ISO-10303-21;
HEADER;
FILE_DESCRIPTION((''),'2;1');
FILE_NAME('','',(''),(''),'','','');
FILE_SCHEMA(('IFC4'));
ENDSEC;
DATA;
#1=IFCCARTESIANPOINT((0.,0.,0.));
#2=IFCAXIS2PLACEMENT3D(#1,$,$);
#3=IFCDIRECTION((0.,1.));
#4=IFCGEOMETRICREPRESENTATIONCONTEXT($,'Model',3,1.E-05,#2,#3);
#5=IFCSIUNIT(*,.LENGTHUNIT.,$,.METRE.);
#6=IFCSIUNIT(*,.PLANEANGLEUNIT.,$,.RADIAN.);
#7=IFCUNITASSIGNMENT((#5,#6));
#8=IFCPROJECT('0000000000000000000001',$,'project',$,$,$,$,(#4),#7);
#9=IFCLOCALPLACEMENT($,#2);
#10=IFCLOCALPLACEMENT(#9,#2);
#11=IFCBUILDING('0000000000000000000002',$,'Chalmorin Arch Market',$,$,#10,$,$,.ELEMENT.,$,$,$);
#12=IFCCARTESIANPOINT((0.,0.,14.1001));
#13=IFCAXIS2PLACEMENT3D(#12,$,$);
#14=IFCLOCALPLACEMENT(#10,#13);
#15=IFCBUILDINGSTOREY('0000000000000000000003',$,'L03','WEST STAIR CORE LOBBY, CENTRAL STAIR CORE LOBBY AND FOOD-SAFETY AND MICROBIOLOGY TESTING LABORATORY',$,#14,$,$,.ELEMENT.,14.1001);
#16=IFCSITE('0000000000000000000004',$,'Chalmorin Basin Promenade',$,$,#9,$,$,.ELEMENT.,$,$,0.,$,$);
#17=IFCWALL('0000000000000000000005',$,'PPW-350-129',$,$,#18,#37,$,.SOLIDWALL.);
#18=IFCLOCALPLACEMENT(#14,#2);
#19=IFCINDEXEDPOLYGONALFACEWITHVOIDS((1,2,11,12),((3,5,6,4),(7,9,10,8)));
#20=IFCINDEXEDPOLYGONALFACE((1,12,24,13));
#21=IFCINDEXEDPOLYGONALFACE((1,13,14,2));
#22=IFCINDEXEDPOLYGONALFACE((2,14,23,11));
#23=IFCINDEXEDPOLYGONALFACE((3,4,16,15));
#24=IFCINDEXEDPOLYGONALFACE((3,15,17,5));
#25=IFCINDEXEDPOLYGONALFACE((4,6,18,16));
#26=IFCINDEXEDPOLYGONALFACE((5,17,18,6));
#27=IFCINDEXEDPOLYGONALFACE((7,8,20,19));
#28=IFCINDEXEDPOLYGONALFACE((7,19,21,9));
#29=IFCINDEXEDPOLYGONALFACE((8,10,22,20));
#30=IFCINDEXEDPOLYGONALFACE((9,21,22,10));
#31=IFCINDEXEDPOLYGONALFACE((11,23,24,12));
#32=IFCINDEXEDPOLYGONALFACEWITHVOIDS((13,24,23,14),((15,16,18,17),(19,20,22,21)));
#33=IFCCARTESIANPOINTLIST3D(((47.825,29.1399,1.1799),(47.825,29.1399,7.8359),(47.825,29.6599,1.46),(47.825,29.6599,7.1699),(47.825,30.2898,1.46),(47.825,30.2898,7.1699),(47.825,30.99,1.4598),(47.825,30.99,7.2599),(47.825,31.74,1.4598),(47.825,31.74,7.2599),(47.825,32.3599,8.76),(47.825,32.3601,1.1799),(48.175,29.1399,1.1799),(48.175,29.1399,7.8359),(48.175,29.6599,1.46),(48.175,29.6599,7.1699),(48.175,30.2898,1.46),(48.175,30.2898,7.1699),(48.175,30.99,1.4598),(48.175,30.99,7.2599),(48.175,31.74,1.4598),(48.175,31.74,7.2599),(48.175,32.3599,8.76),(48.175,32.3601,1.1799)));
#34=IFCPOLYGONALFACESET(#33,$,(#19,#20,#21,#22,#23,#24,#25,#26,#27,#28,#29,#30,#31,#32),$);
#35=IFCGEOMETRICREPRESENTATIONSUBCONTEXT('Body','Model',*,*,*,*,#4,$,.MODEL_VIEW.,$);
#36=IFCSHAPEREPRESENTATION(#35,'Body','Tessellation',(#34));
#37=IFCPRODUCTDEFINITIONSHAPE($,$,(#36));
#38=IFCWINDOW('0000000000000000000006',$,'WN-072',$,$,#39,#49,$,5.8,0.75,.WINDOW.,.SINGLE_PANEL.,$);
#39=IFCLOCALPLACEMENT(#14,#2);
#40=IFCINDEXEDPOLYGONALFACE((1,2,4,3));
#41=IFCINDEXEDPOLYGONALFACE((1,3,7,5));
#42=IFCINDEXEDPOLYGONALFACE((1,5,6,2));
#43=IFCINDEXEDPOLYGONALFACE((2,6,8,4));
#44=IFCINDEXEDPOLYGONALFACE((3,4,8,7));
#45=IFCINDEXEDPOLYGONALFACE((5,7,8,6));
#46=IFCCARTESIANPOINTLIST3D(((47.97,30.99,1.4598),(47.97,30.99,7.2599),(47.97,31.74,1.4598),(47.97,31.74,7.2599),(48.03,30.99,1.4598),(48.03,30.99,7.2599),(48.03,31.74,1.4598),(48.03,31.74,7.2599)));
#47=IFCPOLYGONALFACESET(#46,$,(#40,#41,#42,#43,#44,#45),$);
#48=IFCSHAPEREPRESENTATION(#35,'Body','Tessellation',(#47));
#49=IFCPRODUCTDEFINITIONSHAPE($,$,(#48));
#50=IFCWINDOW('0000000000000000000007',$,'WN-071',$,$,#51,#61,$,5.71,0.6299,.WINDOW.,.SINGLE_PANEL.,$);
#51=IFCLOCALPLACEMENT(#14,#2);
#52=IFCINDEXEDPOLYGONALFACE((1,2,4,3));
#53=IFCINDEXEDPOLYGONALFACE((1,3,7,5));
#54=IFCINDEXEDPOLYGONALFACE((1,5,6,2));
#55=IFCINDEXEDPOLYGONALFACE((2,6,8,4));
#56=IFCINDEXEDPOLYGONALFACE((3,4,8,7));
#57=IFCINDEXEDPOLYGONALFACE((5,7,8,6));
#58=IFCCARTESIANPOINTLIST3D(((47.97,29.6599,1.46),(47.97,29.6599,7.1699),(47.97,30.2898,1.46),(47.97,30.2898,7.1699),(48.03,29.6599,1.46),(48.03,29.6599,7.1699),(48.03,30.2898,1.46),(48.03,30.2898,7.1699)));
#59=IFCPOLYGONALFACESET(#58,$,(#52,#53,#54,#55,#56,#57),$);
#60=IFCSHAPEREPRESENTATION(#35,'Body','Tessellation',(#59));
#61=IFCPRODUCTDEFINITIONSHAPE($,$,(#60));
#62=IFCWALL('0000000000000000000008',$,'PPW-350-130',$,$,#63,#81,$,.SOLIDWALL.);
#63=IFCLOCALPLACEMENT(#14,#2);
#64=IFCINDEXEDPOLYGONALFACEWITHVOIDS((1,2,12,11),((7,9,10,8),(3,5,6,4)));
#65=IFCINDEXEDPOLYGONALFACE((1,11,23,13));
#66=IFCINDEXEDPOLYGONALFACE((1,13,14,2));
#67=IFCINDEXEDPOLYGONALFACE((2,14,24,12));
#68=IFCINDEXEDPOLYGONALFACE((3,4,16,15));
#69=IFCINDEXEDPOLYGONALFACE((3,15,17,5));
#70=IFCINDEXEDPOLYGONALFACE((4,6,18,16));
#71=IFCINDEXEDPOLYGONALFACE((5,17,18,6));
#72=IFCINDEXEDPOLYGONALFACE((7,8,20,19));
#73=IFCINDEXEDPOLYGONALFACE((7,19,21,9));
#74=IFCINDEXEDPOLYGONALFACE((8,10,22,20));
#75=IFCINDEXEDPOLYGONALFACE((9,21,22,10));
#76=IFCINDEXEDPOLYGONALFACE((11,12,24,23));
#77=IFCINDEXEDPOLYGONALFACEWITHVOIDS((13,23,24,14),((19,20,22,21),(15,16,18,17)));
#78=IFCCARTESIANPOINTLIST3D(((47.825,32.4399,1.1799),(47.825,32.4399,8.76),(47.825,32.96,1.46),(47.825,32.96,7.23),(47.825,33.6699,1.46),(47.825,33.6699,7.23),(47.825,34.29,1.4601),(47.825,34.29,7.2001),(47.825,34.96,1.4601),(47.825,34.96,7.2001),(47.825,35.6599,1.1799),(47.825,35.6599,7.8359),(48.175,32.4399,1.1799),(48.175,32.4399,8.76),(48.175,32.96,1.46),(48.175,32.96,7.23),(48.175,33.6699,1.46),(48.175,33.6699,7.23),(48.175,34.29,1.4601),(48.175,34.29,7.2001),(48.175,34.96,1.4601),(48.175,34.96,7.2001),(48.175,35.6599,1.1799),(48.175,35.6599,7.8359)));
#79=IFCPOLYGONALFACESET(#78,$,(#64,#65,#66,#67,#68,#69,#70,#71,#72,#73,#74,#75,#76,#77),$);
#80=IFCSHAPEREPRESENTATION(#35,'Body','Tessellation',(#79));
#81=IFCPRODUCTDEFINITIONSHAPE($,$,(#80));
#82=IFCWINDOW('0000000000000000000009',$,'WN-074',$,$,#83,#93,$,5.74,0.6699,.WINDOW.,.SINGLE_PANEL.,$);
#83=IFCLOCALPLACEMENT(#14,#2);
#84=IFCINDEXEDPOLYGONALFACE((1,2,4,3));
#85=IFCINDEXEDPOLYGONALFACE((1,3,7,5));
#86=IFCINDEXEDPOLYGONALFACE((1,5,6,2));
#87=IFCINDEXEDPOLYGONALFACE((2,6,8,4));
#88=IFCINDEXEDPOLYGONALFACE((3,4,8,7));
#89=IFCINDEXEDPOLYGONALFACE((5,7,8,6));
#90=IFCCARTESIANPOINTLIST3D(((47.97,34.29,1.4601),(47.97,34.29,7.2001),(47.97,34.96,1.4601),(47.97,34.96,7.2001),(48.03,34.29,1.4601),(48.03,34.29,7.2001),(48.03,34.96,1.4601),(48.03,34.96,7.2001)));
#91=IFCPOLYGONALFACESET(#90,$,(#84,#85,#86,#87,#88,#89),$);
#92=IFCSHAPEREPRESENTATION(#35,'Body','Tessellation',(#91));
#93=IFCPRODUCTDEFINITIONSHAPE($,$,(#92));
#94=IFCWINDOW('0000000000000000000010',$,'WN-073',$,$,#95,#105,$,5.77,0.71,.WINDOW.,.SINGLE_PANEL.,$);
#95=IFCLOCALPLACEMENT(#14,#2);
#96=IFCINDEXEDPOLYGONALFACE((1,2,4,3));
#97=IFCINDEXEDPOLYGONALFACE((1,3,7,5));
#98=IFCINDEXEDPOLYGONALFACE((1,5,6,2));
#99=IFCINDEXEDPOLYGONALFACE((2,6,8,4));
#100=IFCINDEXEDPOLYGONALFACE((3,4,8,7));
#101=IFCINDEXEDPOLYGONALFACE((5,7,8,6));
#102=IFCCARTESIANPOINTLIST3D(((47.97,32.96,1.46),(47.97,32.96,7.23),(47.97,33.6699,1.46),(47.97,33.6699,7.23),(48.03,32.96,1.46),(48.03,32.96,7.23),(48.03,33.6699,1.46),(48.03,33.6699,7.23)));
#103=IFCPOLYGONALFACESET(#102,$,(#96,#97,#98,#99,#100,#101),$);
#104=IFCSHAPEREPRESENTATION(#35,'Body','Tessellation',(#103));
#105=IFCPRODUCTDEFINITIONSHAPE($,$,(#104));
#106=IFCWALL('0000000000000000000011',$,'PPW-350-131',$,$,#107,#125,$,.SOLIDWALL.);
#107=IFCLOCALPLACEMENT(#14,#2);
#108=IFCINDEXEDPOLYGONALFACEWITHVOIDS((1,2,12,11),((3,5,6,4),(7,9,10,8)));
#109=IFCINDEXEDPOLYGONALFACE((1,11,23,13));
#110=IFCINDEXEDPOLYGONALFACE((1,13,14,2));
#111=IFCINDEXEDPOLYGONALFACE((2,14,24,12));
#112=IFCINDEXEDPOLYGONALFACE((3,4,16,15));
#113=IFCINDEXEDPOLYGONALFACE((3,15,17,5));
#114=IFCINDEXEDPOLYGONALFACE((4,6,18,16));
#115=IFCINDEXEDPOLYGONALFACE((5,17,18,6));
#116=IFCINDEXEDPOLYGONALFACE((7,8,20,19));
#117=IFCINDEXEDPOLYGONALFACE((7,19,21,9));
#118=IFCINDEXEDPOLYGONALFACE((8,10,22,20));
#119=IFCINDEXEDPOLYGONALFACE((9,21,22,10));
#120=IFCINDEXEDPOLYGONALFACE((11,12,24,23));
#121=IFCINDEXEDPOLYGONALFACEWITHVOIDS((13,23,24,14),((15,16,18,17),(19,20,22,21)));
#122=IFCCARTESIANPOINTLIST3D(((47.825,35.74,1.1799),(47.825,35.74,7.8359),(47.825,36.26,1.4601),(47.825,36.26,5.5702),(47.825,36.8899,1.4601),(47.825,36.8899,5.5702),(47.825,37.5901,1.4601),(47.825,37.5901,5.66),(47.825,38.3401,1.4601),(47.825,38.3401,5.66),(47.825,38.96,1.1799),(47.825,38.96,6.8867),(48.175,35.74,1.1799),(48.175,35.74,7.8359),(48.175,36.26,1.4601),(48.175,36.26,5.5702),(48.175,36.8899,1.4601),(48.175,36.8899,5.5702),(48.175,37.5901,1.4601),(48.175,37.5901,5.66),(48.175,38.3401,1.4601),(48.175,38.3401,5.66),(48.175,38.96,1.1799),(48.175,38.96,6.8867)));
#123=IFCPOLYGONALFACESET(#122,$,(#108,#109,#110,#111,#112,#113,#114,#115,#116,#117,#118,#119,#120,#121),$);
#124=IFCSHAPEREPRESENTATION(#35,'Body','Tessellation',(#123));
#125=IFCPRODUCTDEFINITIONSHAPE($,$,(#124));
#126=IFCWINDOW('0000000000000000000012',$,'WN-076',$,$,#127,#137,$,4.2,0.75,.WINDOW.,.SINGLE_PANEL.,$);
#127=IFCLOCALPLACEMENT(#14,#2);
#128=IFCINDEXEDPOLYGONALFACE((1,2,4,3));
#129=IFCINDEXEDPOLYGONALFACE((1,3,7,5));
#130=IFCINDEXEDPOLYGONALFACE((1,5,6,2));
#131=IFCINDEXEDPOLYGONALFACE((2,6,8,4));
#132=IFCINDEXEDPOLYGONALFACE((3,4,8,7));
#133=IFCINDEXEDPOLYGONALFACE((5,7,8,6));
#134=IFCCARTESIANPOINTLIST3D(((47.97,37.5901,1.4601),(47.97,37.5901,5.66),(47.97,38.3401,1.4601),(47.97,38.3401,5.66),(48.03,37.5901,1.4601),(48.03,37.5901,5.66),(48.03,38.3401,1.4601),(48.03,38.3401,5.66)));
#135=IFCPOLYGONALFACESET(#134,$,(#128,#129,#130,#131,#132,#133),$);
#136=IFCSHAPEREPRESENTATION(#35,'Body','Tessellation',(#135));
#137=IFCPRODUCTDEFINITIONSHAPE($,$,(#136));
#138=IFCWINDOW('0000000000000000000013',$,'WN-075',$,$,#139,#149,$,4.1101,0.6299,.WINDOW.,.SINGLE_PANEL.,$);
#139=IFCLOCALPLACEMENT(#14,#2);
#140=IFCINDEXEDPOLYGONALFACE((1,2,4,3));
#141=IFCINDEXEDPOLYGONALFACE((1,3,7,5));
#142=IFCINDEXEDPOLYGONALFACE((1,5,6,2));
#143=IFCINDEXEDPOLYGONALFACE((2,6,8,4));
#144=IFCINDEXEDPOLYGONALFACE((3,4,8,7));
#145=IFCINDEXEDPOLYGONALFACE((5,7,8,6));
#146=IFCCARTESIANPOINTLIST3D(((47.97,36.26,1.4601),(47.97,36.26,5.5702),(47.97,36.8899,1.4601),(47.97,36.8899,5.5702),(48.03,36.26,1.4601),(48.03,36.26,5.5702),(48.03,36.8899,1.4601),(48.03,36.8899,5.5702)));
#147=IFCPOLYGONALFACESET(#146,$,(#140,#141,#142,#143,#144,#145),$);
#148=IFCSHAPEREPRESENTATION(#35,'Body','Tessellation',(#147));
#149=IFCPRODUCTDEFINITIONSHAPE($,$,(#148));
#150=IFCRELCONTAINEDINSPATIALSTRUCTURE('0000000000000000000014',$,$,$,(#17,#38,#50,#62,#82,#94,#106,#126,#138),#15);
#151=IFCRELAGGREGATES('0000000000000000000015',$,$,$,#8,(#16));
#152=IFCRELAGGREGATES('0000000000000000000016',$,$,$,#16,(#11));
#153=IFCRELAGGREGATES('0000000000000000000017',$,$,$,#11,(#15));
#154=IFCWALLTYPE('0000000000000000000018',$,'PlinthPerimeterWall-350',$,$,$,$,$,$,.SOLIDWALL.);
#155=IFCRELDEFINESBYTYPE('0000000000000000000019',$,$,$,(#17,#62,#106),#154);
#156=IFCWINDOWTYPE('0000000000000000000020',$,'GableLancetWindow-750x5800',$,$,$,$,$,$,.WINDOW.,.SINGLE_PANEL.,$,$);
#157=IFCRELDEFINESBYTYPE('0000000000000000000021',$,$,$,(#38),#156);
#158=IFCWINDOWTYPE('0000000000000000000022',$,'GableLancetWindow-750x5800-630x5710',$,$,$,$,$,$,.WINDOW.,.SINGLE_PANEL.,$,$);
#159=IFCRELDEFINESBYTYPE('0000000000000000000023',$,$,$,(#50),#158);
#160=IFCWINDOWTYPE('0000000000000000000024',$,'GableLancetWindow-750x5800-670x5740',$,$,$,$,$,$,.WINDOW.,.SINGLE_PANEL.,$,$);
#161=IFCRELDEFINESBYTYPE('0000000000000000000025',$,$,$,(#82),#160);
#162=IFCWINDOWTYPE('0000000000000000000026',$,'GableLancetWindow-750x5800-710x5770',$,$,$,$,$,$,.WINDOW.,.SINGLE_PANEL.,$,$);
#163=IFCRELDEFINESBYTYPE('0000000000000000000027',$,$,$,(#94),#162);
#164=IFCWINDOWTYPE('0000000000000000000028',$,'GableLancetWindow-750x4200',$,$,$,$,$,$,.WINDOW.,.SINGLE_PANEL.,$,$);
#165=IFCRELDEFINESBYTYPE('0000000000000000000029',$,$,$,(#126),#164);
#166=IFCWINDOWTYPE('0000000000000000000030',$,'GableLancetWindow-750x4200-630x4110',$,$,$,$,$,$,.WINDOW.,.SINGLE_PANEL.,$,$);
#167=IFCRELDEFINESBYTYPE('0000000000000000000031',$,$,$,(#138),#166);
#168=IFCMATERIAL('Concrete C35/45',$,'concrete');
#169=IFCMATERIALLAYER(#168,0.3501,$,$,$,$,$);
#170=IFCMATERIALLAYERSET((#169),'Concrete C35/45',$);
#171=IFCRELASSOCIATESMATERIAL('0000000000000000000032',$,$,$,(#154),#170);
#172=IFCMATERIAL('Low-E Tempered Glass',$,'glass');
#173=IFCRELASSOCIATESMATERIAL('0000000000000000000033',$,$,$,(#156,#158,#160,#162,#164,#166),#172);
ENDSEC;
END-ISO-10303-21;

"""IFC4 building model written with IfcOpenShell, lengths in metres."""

from ifc_helpers import new_model, si_unit, direction, frame, frame_2d, origin, place, context, subcontext, project, spatial, polyline, rectangle, outline, extrude, material, layer, layer_set, type_object, element, fill, save


model = new_model("IFC4")

# Units and contexts
model_context = context("Model", 3, precision=1e-05, world=origin(), true_north=direction((0.0, 1.0)))
body_context = subcontext(model_context, "Body", "Model", "MODEL_VIEW")
ifc_project = project(units=[si_unit("LENGTHUNIT", "METRE"), si_unit("PLANEANGLEUNIT", "RADIAN")], contexts=[model_context])

# Site, building, storey
site_placement = place(None, origin())
site = spatial("IfcSite", under=ifc_project, at=site_placement, Name="Chalmorin Basin Promenade", CompositionType="ELEMENT", RefElevation=0.0)
building_placement = place(site_placement, origin())
building = spatial("IfcBuilding", under=site, at=building_placement, Name="Chalmorin Arch Market", CompositionType="ELEMENT")
storey_placement = place(building_placement, frame((0.0, 0.0, 14.1001)))
storey = spatial("IfcBuildingStorey", under=building, at=storey_placement, Name="L03", Description="WEST STAIR CORE LOBBY, CENTRAL STAIR CORE LOBBY AND FOOD-SAFETY AND MICROBIOLOGY TESTING LABORATORY", CompositionType="ELEMENT", Elevation=14.1001)

# Walls, openings, windows
ifc_material_1 = material(Name="Concrete C35/45", Category="concrete")
ifc_layer_1 = layer(ifc_material_1, 0.3501)
ifc_layer_set_1 = layer_set([ifc_layer_1], Name="Concrete C35/45")
wall_type = type_object("IfcWallType", Name="PlinthPerimeterWall-350", PredefinedType="SOLIDWALL", material=ifc_layer_set_1)
ifc_material_2 = material(Name="Low-E Tempered Glass", Category="glass")
wall_1_placement = place(storey_placement, frame((48.0, 29.1399, 1.1799), z_axis=(0.0, 0.0, 1.0), x_axis=(0.0, 1.0, 0.0)))
wall_1 = element("IfcWall", 1, at=wall_1_placement, inside=storey, type_object=wall_type, Name="PPW-350-129", PredefinedType="SOLIDWALL", context=body_context, shape_type="SweptSolid", body=[
    extrude(outline(polyline([(0.0, 0.0), (3.2202, 0.0), (3.22, 7.5801), (0.0, 6.656), (0.0, 0.0)])), frame((0.0, 0.175, 0.0), z_axis=(0.0, -1.0, 0.0), x_axis=(1.0, 0.0, 0.0)), (0.0, 0.0, 1.0), 0.3501),
])
opening_1_placement = place(wall_1_placement, frame((0.52, 0.0, 0.28)))
opening_1 = element("IfcOpeningElement", 2, at=opening_1_placement, cuts=wall_1, PredefinedType="OPENING", context=body_context, shape_type="SweptSolid", body=[
    extrude(rectangle(XDim=0.6299, YDim=5.71, at=frame_2d((0.3149, 2.855))), frame((0.0, 0.1851, 0.0), z_axis=(0.0, -1.0, 0.0), x_axis=(1.0, 0.0, 0.0)), (0.0, 0.0, 1.0), 0.3701),
])
opening_2_placement = place(wall_1_placement, frame((1.8501, 0.0, 0.28)))
opening_2 = element("IfcOpeningElement", 3, at=opening_2_placement, cuts=wall_1, PredefinedType="OPENING", context=body_context, shape_type="SweptSolid", body=[
    extrude(rectangle(XDim=0.75, YDim=5.8, at=frame_2d((0.375, 2.8999))), frame((0.0, 0.1851, 0.0), z_axis=(0.0, -1.0, 0.0), x_axis=(1.0, 0.0, 0.0)), (0.0, 0.0, 1.0), 0.3701),
])
window_type_1 = type_object("IfcWindowType", Name="GableLancetWindow-750x5800", PartitioningType="SINGLE_PANEL", PredefinedType="WINDOW", material=ifc_material_2)
window_1_placement = place(opening_2_placement, origin())
window_1 = element("IfcWindow", 4, at=window_1_placement, inside=storey, type_object=window_type_1, Name="WN-072", OverallHeight=5.8, OverallWidth=0.75, PartitioningType="SINGLE_PANEL", PredefinedType="WINDOW", context=body_context, shape_type="SweptSolid", body=[
    extrude(rectangle(XDim=0.75, YDim=5.8, at=frame_2d((0.375, 2.8999))), frame((0.0, 0.03, 0.0), z_axis=(0.0, -1.0, 0.0), x_axis=(1.0, 0.0, 0.0)), (0.0, 0.0, 1.0), 0.0601),
])
fill(opening_2, window_1)
window_type_2 = type_object("IfcWindowType", Name="GableLancetWindow-750x5800-630x5710", PartitioningType="SINGLE_PANEL", PredefinedType="WINDOW", material=ifc_material_2)
window_2_placement = place(opening_1_placement, origin())
window_2 = element("IfcWindow", 5, at=window_2_placement, inside=storey, type_object=window_type_2, Name="WN-071", OverallHeight=5.71, OverallWidth=0.6299, PartitioningType="SINGLE_PANEL", PredefinedType="WINDOW", context=body_context, shape_type="SweptSolid", body=[
    extrude(rectangle(XDim=0.6299, YDim=5.71, at=frame_2d((0.3149, 2.855))), frame((0.0, 0.03, 0.0), z_axis=(0.0, -1.0, 0.0), x_axis=(1.0, 0.0, 0.0)), (0.0, 0.0, 1.0), 0.0601),
])
fill(opening_1, window_2)
wall_2_placement = place(storey_placement, frame((48.0, 32.4399, 1.1799), z_axis=(0.0, 0.0, 1.0), x_axis=(0.0, 1.0, 0.0)))
wall_2 = element("IfcWall", 6, at=wall_2_placement, inside=storey, type_object=wall_type, Name="PPW-350-130", PredefinedType="SOLIDWALL", context=body_context, shape_type="SweptSolid", body=[
    extrude(outline(polyline([(0.0, 0.0), (3.22, 0.0), (3.22, 6.656), (0.0, 7.5801), (0.0, 0.0)])), frame((0.0, 0.175, 0.0), z_axis=(0.0, -1.0, 0.0), x_axis=(1.0, 0.0, 0.0)), (0.0, 0.0, 1.0), 0.3501),
])
opening_3_placement = place(wall_2_placement, frame((0.52, 0.0, 0.28)))
opening_3 = element("IfcOpeningElement", 7, at=opening_3_placement, cuts=wall_2, PredefinedType="OPENING", context=body_context, shape_type="SweptSolid", body=[
    extrude(rectangle(XDim=0.71, YDim=5.77, at=frame_2d((0.355, 2.885))), frame((0.0, 0.1851, 0.0), z_axis=(0.0, -1.0, 0.0), x_axis=(1.0, 0.0, 0.0)), (0.0, 0.0, 1.0), 0.3701),
])
opening_4_placement = place(wall_2_placement, frame((1.8501, 0.0, 0.28)))
opening_4 = element("IfcOpeningElement", 8, at=opening_4_placement, cuts=wall_2, PredefinedType="OPENING", context=body_context, shape_type="SweptSolid", body=[
    extrude(rectangle(XDim=0.6699, YDim=5.74, at=frame_2d((0.335, 2.8701))), frame((0.0, 0.1851, 0.0), z_axis=(0.0, -1.0, 0.0), x_axis=(1.0, 0.0, 0.0)), (0.0, 0.0, 1.0), 0.3701),
])
window_type_3 = type_object("IfcWindowType", Name="GableLancetWindow-750x5800-670x5740", PartitioningType="SINGLE_PANEL", PredefinedType="WINDOW", material=ifc_material_2)
window_3_placement = place(opening_4_placement, origin())
window_3 = element("IfcWindow", 9, at=window_3_placement, inside=storey, type_object=window_type_3, Name="WN-074", OverallHeight=5.74, OverallWidth=0.6699, PartitioningType="SINGLE_PANEL", PredefinedType="WINDOW", context=body_context, shape_type="SweptSolid", body=[
    extrude(rectangle(XDim=0.6699, YDim=5.74, at=frame_2d((0.335, 2.8701))), frame((0.0, 0.03, 0.0), z_axis=(0.0, -1.0, 0.0), x_axis=(1.0, 0.0, 0.0)), (0.0, 0.0, 1.0), 0.0601),
])
fill(opening_4, window_3)
window_type_4 = type_object("IfcWindowType", Name="GableLancetWindow-750x5800-710x5770", PartitioningType="SINGLE_PANEL", PredefinedType="WINDOW", material=ifc_material_2)
window_4_placement = place(opening_3_placement, origin())
window_4 = element("IfcWindow", 10, at=window_4_placement, inside=storey, type_object=window_type_4, Name="WN-073", OverallHeight=5.77, OverallWidth=0.71, PartitioningType="SINGLE_PANEL", PredefinedType="WINDOW", context=body_context, shape_type="SweptSolid", body=[
    extrude(rectangle(XDim=0.71, YDim=5.77, at=frame_2d((0.355, 2.885))), frame((0.0, 0.03, 0.0), z_axis=(0.0, -1.0, 0.0), x_axis=(1.0, 0.0, 0.0)), (0.0, 0.0, 1.0), 0.0601),
])
fill(opening_3, window_4)
wall_3_placement = place(storey_placement, frame((48.0, 35.74, 1.1799), z_axis=(0.0, 0.0, 1.0), x_axis=(0.0, 1.0, 0.0)))
wall_3 = element("IfcWall", 11, at=wall_3_placement, inside=storey, type_object=wall_type, Name="PPW-350-131", PredefinedType="SOLIDWALL", context=body_context, shape_type="SweptSolid", body=[
    extrude(outline(polyline([(0.0, 0.0), (3.22, 0.0), (3.22, 5.7068), (0.0, 6.656), (0.0, 0.0)])), frame((0.0, 0.175, 0.0), z_axis=(0.0, -1.0, 0.0), x_axis=(1.0, 0.0, 0.0)), (0.0, 0.0, 1.0), 0.3501),
])
opening_5_placement = place(wall_3_placement, frame((0.52, 0.0, 0.28)))
opening_5 = element("IfcOpeningElement", 12, at=opening_5_placement, cuts=wall_3, PredefinedType="OPENING", context=body_context, shape_type="SweptSolid", body=[
    extrude(rectangle(XDim=0.6299, YDim=4.1101, at=frame_2d((0.3149, 2.0552))), frame((0.0, 0.1851, 0.0), z_axis=(0.0, -1.0, 0.0), x_axis=(1.0, 0.0, 0.0)), (0.0, 0.0, 1.0), 0.3701),
])
opening_6_placement = place(wall_3_placement, frame((1.8501, 0.0, 0.28)))
opening_6 = element("IfcOpeningElement", 13, at=opening_6_placement, cuts=wall_3, PredefinedType="OPENING", context=body_context, shape_type="SweptSolid", body=[
    extrude(rectangle(XDim=0.75, YDim=4.2, at=frame_2d((0.375, 2.1001))), frame((0.0, 0.1851, 0.0), z_axis=(0.0, -1.0, 0.0), x_axis=(1.0, 0.0, 0.0)), (0.0, 0.0, 1.0), 0.3701),
])
window_type_5 = type_object("IfcWindowType", Name="GableLancetWindow-750x4200", PartitioningType="SINGLE_PANEL", PredefinedType="WINDOW", material=ifc_material_2)
window_5_placement = place(opening_6_placement, origin())
window_5 = element("IfcWindow", 14, at=window_5_placement, inside=storey, type_object=window_type_5, Name="WN-076", OverallHeight=4.2, OverallWidth=0.75, PartitioningType="SINGLE_PANEL", PredefinedType="WINDOW", context=body_context, shape_type="SweptSolid", body=[
    extrude(rectangle(XDim=0.75, YDim=4.2, at=frame_2d((0.375, 2.1001))), frame((0.0, 0.03, 0.0), z_axis=(0.0, -1.0, 0.0), x_axis=(1.0, 0.0, 0.0)), (0.0, 0.0, 1.0), 0.0601),
])
fill(opening_6, window_5)
window_type_6 = type_object("IfcWindowType", Name="GableLancetWindow-750x4200-630x4110", PartitioningType="SINGLE_PANEL", PredefinedType="WINDOW", material=ifc_material_2)
window_6_placement = place(opening_5_placement, origin())
window_6 = element("IfcWindow", 15, at=window_6_placement, inside=storey, type_object=window_type_6, Name="WN-075", OverallHeight=4.1101, OverallWidth=0.6299, PartitioningType="SINGLE_PANEL", PredefinedType="WINDOW", context=body_context, shape_type="SweptSolid", body=[
    extrude(rectangle(XDim=0.6299, YDim=4.1101, at=frame_2d((0.3149, 2.0552))), frame((0.0, 0.03, 0.0), z_axis=(0.0, -1.0, 0.0), x_axis=(1.0, 0.0, 0.0)), (0.0, 0.0, 1.0), 0.0601),
])
fill(opening_5, window_6)

save(model, "model.ifc")
